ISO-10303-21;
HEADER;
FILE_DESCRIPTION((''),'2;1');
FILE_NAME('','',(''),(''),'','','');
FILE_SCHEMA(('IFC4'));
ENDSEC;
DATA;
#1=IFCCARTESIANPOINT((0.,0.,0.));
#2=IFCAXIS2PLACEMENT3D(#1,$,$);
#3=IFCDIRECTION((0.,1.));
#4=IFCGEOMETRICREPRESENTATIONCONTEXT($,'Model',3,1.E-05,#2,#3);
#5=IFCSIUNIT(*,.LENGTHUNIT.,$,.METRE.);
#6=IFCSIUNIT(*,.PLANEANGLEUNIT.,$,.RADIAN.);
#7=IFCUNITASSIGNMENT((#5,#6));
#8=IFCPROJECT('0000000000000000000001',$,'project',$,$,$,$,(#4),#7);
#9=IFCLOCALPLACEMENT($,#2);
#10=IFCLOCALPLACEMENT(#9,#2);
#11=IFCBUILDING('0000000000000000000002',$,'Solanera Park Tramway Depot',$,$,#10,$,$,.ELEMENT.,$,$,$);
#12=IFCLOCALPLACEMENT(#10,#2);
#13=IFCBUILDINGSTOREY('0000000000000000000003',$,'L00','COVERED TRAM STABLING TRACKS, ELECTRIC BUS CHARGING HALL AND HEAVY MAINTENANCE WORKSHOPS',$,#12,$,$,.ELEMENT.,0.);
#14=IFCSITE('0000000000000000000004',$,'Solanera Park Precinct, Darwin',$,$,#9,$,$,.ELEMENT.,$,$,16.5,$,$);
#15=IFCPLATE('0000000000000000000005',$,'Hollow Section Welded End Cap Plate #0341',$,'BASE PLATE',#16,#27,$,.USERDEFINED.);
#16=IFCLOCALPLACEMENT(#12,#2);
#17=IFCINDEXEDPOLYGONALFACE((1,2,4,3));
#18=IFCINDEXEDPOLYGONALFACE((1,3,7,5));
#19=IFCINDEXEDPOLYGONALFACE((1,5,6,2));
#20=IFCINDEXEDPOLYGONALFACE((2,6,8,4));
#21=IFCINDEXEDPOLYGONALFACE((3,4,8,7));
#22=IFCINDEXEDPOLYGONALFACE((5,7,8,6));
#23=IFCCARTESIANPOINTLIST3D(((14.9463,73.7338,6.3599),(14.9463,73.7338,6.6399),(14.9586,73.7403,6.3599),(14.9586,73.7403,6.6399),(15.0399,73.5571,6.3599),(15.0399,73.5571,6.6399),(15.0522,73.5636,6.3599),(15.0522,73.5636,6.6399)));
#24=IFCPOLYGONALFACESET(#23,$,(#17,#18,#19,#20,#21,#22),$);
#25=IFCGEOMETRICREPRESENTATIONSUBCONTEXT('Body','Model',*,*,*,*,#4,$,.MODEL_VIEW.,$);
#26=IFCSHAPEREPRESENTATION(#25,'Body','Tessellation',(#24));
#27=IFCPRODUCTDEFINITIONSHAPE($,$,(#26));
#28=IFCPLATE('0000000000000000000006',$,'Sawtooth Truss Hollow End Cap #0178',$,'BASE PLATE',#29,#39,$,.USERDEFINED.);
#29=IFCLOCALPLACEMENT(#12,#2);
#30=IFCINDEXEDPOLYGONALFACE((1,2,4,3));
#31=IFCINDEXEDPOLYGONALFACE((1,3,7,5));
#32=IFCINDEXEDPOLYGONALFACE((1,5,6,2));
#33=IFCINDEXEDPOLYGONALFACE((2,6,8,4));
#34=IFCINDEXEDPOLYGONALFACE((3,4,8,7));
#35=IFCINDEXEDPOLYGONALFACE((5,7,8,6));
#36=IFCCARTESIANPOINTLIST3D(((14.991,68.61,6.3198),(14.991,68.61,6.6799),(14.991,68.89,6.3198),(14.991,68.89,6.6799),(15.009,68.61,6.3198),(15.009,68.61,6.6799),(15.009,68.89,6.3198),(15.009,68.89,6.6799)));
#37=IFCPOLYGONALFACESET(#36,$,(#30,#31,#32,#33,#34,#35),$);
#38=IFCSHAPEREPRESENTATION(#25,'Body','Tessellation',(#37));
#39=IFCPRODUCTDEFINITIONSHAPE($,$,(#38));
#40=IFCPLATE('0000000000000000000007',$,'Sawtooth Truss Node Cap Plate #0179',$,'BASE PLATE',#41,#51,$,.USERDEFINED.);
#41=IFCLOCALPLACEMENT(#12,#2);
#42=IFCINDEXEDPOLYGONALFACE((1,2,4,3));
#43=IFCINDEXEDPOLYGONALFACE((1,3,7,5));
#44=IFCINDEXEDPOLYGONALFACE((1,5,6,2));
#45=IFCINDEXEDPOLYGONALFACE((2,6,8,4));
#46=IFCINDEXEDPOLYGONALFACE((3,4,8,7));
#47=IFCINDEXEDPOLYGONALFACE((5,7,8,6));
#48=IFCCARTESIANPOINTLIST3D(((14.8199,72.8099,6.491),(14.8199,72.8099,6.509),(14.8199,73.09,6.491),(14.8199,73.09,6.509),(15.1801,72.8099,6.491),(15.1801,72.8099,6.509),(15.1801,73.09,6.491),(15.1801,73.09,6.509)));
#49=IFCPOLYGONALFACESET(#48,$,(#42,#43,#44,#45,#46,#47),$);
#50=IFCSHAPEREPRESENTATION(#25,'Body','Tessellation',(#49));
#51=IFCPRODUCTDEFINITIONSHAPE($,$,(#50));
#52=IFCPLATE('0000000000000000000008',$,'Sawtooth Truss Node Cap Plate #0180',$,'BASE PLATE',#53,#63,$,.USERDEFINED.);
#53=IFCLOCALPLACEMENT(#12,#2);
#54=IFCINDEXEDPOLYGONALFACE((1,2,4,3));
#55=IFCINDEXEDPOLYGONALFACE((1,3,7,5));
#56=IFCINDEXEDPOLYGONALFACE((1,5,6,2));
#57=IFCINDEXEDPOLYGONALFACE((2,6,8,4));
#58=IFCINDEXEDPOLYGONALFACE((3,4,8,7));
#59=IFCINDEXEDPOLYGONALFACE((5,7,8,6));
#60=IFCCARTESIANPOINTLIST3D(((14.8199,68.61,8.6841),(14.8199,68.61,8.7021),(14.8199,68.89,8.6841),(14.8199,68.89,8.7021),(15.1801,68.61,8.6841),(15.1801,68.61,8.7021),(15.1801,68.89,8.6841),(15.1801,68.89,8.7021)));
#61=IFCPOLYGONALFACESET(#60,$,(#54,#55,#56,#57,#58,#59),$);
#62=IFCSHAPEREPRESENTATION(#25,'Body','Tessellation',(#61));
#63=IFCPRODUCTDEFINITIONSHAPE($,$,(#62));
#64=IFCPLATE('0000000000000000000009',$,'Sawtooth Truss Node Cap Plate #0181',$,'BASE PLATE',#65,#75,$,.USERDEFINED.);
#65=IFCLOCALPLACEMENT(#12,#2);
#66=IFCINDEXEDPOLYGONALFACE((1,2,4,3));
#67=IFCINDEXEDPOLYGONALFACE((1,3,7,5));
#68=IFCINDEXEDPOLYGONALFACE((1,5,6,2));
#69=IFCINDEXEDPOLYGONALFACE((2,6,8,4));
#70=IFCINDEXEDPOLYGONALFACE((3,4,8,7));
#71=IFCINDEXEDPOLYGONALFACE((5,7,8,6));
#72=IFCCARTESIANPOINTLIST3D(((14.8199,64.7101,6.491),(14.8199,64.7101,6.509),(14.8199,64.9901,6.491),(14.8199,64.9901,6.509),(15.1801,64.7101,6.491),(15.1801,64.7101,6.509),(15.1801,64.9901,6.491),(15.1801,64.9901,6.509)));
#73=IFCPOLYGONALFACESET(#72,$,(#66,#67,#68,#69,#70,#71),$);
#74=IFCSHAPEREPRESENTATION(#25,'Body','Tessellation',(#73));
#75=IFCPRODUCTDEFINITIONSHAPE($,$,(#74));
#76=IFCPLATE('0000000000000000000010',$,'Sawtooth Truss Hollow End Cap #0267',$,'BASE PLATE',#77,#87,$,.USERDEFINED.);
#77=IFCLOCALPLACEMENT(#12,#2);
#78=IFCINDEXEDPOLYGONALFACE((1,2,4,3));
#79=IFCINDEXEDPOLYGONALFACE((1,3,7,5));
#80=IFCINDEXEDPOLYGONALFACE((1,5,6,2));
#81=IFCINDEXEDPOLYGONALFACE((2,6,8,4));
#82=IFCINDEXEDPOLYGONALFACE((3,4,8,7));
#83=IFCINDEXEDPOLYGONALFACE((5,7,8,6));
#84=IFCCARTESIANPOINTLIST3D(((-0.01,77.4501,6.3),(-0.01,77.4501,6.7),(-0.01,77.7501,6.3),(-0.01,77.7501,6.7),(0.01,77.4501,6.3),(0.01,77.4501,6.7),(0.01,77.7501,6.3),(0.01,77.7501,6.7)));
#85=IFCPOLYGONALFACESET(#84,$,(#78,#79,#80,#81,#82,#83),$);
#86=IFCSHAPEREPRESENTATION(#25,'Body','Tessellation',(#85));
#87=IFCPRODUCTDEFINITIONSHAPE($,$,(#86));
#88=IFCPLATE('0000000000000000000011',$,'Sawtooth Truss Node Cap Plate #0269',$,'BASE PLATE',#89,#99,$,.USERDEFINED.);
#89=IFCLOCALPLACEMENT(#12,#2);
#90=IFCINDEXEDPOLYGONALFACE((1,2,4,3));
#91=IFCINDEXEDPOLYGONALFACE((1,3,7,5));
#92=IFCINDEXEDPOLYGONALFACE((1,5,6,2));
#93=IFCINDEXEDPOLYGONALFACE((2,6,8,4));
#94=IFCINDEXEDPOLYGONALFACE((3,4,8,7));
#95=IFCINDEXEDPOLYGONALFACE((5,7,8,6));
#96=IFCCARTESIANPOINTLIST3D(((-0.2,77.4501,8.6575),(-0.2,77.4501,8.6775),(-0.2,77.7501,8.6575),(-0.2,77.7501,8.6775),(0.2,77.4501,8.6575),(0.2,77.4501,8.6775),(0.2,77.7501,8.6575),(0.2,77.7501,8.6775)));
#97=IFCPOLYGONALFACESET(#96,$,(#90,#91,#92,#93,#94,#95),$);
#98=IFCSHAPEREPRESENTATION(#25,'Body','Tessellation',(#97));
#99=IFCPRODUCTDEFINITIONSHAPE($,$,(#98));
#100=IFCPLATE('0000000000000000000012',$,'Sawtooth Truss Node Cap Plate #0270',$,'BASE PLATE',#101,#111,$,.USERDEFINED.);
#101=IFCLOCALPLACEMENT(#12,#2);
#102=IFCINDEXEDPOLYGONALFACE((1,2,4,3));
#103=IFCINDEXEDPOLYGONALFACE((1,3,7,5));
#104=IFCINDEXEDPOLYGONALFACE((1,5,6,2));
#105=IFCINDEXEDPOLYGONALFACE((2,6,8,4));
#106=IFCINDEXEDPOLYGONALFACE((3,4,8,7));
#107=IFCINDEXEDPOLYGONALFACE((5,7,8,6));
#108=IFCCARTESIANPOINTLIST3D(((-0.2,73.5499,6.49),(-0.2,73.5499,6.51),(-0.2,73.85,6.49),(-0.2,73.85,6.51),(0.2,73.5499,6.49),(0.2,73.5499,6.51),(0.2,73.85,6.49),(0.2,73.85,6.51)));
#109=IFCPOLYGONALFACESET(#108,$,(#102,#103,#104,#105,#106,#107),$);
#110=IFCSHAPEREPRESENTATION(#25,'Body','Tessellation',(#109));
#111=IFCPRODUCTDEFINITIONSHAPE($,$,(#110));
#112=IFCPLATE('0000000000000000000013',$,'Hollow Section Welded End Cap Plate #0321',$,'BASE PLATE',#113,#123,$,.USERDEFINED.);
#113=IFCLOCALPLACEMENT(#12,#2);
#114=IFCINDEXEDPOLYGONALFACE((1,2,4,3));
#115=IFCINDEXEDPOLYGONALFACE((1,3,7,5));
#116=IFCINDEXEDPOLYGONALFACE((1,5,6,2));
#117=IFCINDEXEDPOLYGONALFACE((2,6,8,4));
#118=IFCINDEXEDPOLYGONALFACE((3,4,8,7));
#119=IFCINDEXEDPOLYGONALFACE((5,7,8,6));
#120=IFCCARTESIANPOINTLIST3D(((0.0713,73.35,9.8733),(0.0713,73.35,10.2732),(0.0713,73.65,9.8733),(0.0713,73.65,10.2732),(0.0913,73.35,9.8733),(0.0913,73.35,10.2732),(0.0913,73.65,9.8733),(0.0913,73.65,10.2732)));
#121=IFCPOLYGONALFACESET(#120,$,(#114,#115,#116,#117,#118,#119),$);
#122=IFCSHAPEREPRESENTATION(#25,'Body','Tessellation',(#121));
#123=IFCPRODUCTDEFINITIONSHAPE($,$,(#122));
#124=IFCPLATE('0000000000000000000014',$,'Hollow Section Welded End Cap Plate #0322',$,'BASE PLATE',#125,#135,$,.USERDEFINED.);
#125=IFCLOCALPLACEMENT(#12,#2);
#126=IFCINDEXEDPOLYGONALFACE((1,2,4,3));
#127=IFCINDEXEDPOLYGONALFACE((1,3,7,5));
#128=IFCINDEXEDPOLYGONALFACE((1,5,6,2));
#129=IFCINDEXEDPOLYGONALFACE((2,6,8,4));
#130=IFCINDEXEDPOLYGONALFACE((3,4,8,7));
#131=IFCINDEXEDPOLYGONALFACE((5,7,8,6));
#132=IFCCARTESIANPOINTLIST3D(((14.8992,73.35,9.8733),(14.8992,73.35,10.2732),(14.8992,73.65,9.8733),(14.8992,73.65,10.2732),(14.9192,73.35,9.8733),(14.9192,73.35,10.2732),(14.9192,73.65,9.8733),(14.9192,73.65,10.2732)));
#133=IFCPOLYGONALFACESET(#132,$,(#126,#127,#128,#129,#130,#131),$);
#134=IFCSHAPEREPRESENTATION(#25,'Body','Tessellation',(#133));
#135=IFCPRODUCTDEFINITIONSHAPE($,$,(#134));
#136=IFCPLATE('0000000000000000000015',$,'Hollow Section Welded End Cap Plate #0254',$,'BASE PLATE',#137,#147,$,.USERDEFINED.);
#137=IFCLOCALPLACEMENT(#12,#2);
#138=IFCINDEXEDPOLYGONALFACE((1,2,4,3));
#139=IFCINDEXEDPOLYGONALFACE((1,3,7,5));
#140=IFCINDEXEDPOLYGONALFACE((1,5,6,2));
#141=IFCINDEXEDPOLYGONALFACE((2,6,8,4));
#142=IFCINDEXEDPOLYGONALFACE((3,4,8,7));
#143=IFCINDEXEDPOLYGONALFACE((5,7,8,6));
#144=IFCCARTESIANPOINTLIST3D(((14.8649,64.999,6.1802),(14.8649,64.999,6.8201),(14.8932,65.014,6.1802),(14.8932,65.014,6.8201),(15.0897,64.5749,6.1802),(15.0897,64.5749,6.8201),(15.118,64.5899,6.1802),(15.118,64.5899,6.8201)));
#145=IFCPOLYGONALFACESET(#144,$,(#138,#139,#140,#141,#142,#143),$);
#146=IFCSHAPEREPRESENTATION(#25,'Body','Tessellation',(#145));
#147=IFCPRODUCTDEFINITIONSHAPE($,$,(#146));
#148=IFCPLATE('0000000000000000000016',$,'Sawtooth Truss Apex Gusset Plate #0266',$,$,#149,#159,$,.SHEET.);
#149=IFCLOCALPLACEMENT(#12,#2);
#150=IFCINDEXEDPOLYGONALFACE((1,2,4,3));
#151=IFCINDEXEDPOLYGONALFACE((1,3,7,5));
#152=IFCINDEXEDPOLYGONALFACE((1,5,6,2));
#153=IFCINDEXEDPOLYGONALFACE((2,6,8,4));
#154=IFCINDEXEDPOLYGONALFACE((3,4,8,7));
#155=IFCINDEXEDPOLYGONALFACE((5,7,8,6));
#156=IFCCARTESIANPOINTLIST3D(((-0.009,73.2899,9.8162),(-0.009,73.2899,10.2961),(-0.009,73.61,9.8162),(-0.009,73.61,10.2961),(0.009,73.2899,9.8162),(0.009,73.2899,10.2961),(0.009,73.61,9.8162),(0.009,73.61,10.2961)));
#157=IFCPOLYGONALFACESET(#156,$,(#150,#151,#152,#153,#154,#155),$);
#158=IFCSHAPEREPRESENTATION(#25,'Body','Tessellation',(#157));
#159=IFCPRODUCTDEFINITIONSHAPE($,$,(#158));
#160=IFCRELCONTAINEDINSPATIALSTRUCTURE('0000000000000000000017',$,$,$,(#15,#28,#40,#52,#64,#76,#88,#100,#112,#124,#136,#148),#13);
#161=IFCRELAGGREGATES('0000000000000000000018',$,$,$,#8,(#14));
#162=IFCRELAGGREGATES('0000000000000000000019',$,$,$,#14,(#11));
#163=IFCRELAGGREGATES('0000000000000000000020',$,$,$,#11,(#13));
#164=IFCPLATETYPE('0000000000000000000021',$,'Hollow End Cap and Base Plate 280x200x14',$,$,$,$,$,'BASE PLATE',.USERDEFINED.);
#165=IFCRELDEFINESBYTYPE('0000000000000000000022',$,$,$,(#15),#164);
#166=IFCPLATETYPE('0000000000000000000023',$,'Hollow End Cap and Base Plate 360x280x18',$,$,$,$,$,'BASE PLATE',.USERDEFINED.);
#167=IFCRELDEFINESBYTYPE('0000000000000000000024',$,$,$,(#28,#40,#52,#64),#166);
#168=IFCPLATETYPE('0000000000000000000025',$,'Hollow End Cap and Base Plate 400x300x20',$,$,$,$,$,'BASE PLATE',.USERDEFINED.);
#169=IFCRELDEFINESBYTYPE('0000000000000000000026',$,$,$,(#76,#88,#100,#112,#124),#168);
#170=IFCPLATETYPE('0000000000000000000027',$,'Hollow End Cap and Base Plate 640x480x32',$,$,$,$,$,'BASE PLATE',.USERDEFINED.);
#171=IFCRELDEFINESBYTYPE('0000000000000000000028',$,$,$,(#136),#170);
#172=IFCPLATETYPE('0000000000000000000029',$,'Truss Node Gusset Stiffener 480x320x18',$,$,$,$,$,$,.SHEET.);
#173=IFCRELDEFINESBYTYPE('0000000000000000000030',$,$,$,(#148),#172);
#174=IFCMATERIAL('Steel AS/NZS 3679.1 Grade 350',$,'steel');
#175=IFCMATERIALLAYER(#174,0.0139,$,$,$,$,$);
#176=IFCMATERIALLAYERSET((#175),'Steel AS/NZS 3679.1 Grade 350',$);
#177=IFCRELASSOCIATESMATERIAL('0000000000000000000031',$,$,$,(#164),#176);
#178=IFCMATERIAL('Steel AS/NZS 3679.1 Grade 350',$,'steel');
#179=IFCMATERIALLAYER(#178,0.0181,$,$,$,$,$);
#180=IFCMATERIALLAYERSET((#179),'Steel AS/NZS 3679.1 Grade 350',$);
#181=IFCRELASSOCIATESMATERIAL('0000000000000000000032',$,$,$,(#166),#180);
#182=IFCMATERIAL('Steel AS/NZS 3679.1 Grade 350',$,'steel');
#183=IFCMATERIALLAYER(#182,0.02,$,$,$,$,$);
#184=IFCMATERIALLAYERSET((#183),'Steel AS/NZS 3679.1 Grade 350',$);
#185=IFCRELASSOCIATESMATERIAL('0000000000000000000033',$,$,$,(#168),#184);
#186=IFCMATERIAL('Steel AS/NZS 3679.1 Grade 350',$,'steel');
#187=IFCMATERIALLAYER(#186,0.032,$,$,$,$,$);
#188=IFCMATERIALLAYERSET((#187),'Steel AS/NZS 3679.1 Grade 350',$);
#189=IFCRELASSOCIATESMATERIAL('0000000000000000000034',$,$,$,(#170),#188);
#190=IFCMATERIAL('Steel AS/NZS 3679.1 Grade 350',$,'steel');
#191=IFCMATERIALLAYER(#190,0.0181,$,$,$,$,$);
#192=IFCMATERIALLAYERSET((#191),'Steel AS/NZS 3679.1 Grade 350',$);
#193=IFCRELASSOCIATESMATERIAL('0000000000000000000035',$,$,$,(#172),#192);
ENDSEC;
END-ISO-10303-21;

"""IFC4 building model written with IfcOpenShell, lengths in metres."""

from ifc_helpers import new_model, si_unit, direction, frame, origin, origin_2d, place, context, subcontext, project, spatial, rectangle, extrude, material, layer, layer_set, type_object, element, save


model = new_model("IFC4")

# Units and contexts
model_context = context("Model", 3, precision=1e-05, world=origin(), true_north=direction((0.0, 1.0)))
body_context = subcontext(model_context, "Body", "Model", "MODEL_VIEW")
ifc_project = project(units=[si_unit("LENGTHUNIT", "METRE"), si_unit("PLANEANGLEUNIT", "RADIAN")], contexts=[model_context])

# Site, building, storey
site_placement = place(None, origin())
site = spatial("IfcSite", under=ifc_project, at=site_placement, Name="Solanera Park Precinct, Darwin", CompositionType="ELEMENT", RefElevation=16.5)
building_placement = place(site_placement, origin())
building = spatial("IfcBuilding", under=site, at=building_placement, Name="Solanera Park Tramway Depot", CompositionType="ELEMENT")
storey_placement = place(building_placement, origin())
storey = spatial("IfcBuildingStorey", under=building, at=storey_placement, Name="L00", Description="COVERED TRAM STABLING TRACKS, ELECTRIC BUS CHARGING HALL AND HEAVY MAINTENANCE WORKSHOPS", CompositionType="ELEMENT", Elevation=0.0)

# Plates
ifc_material_1 = material(Name="Steel AS/NZS 3679.1 Grade 350", Category="steel")
ifc_layer_1 = layer(ifc_material_1, 0.0139)
ifc_layer_set_1 = layer_set([ifc_layer_1], Name="Steel AS/NZS 3679.1 Grade 350")
plate_type_1 = type_object("IfcPlateType", Name="Hollow End Cap and Base Plate 280x200x14", ElementType="BASE PLATE", PredefinedType="USERDEFINED", material=ifc_layer_set_1)
plate_1_placement = place(storey_placement, frame((14.9993, 73.6487, 6.3599), z_axis=(0.0, 0.0, 1.0), x_axis=(0.883521, 0.468392, 0.0)))
element("IfcPlate", 1, at=plate_1_placement, inside=storey, type_object=plate_type_1, Name="Hollow Section Welded End Cap Plate #0341", ObjectType="BASE PLATE", PredefinedType="USERDEFINED", context=body_context, shape_type="SweptSolid", body=[
    extrude(rectangle(XDim=0.0139, YDim=0.2, at=origin_2d()), origin(), (0.0, 0.0, 1.0), 0.28),
])
ifc_material_2 = material(Name="Steel AS/NZS 3679.1 Grade 350", Category="steel")
ifc_layer_2 = layer(ifc_material_2, 0.0181)
ifc_layer_set_2 = layer_set([ifc_layer_2], Name="Steel AS/NZS 3679.1 Grade 350")
plate_type_2 = type_object("IfcPlateType", Name="Hollow End Cap and Base Plate 360x280x18", ElementType="BASE PLATE", PredefinedType="USERDEFINED", material=ifc_layer_set_2)
plate_2_placement = place(storey_placement, frame((15.0, 68.75, 6.3198), z_axis=(0.0, 0.0, 1.0), x_axis=(1.0, 0.0, 0.0)))
element("IfcPlate", 2, at=plate_2_placement, inside=storey, type_object=plate_type_2, Name="Sawtooth Truss Hollow End Cap #0178", ObjectType="BASE PLATE", PredefinedType="USERDEFINED", context=body_context, shape_type="SweptSolid", body=[
    extrude(rectangle(XDim=0.0181, YDim=0.28, at=origin_2d()), origin(), (0.0, 0.0, 1.0), 0.3601),
])
for number, where, z_axis, x_axis, name in (
    (3, (15.0, 72.95, 6.491), (0.0, 0.0, 1.0), (1.0, 0.0, 0.0), "Sawtooth Truss Node Cap Plate #0179"),
    (4, (15.0, 68.75, 8.6841), (0.0, 0.0, 1.0), (1.0, 0.0, 0.0), "Sawtooth Truss Node Cap Plate #0180"),
    (5, (15.0, 64.8501, 6.491), (0.0, 0.0, 1.0), (1.0, 0.0, 0.0), "Sawtooth Truss Node Cap Plate #0181"),
):
    element("IfcPlate", number, at=place(storey_placement, frame(where, z_axis=z_axis, x_axis=x_axis)), inside=storey, type_object=plate_type_2, Name=name, ObjectType="BASE PLATE", PredefinedType="USERDEFINED", context=body_context, shape_type="SweptSolid", body=[
        extrude(rectangle(XDim=0.3601, YDim=0.28, at=origin_2d()), origin(), (0.0, 0.0, 1.0), 0.0181),
    ])
ifc_material_3 = material(Name="Steel AS/NZS 3679.1 Grade 350", Category="steel")
ifc_layer_3 = layer(ifc_material_3, 0.02)
ifc_layer_set_3 = layer_set([ifc_layer_3], Name="Steel AS/NZS 3679.1 Grade 350")
plate_type_3 = type_object("IfcPlateType", Name="Hollow End Cap and Base Plate 400x300x20", ElementType="BASE PLATE", PredefinedType="USERDEFINED", material=ifc_layer_set_3)
plate_3_placement = place(storey_placement, frame((0.0, 77.6001, 6.3), z_axis=(0.0, 0.0, 1.0), x_axis=(1.0, 0.0, 0.0)))
element("IfcPlate", 6, at=plate_3_placement, inside=storey, type_object=plate_type_3, Name="Sawtooth Truss Hollow End Cap #0267", ObjectType="BASE PLATE", PredefinedType="USERDEFINED", context=body_context, shape_type="SweptSolid", body=[
    extrude(rectangle(XDim=0.02, YDim=0.3, at=origin_2d()), origin(), (0.0, 0.0, 1.0), 0.3999),
])
for number, where, z_axis, x_axis, name in (
    (7, (0.0, 77.6001, 8.6575), (0.0, 0.0, 1.0), (1.0, 0.0, 0.0), "Sawtooth Truss Node Cap Plate #0269"),
    (8, (0.0, 73.7, 6.49), (0.0, 0.0, 1.0), (1.0, 0.0, 0.0), "Sawtooth Truss Node Cap Plate #0270"),
):
    element("IfcPlate", number, at=place(storey_placement, frame(where, z_axis=z_axis, x_axis=x_axis)), inside=storey, type_object=plate_type_3, Name=name, ObjectType="BASE PLATE", PredefinedType="USERDEFINED", context=body_context, shape_type="SweptSolid", body=[
        extrude(rectangle(XDim=0.3999, YDim=0.3, at=origin_2d()), origin(), (0.0, 0.0, 1.0), 0.02),
    ])
for number, where, z_axis, x_axis, name in (
    (9, (0.0813, 73.5, 9.8733), (0.0, 0.0, 1.0), (1.0, 0.0, 0.0), "Hollow Section Welded End Cap Plate #0321"),
    (10, (14.9092, 73.5, 9.8733), (0.0, 0.0, 1.0), (1.0, 0.0, 0.0), "Hollow Section Welded End Cap Plate #0322"),
):
    element("IfcPlate", number, at=place(storey_placement, frame(where, z_axis=z_axis, x_axis=x_axis)), inside=storey, type_object=plate_type_3, Name=name, ObjectType="BASE PLATE", PredefinedType="USERDEFINED", context=body_context, shape_type="SweptSolid", body=[
        extrude(rectangle(XDim=0.02, YDim=0.3, at=origin_2d()), origin(), (0.0, 0.0, 1.0), 0.3999),
    ])
ifc_material_4 = material(Name="Steel AS/NZS 3679.1 Grade 350", Category="steel")
ifc_layer_4 = layer(ifc_material_4, 0.032)
ifc_layer_set_4 = layer_set([ifc_layer_4], Name="Steel AS/NZS 3679.1 Grade 350")
plate_type_4 = type_object("IfcPlateType", Name="Hollow End Cap and Base Plate 640x480x32", ElementType="BASE PLATE", PredefinedType="USERDEFINED", material=ifc_layer_set_4)
plate_4_placement = place(storey_placement, frame((14.9915, 64.7944, 6.1802), z_axis=(0.0, 0.0, 1.0), x_axis=(0.883521, 0.468392, 0.0)))
element("IfcPlate", 11, at=plate_4_placement, inside=storey, type_object=plate_type_4, Name="Hollow Section Welded End Cap Plate #0254", ObjectType="BASE PLATE", PredefinedType="USERDEFINED", context=body_context, shape_type="SweptSolid", body=[
    extrude(rectangle(XDim=0.032, YDim=0.48, at=origin_2d()), origin(), (0.0, 0.0, 1.0), 0.6399),
])
ifc_material_5 = material(Name="Steel AS/NZS 3679.1 Grade 350", Category="steel")
ifc_layer_5 = layer(ifc_material_5, 0.0181)
ifc_layer_set_5 = layer_set([ifc_layer_5], Name="Steel AS/NZS 3679.1 Grade 350")
plate_type_5 = type_object("IfcPlateType", Name="Truss Node Gusset Stiffener 480x320x18", PredefinedType="SHEET", material=ifc_layer_set_5)
plate_5_placement = place(storey_placement, frame((0.0, 73.45, 9.8162), z_axis=(0.0, 0.0, 1.0), x_axis=(1.0, 0.0, 0.0)))
element("IfcPlate", 12, at=plate_5_placement, inside=storey, type_object=plate_type_5, Name="Sawtooth Truss Apex Gusset Plate #0266", PredefinedType="SHEET", context=body_context, shape_type="SweptSolid", body=[
    extrude(rectangle(XDim=0.0181, YDim=0.3201, at=origin_2d()), origin(), (0.0, 0.0, 1.0), 0.48),
])

save(model, "model.ifc")
